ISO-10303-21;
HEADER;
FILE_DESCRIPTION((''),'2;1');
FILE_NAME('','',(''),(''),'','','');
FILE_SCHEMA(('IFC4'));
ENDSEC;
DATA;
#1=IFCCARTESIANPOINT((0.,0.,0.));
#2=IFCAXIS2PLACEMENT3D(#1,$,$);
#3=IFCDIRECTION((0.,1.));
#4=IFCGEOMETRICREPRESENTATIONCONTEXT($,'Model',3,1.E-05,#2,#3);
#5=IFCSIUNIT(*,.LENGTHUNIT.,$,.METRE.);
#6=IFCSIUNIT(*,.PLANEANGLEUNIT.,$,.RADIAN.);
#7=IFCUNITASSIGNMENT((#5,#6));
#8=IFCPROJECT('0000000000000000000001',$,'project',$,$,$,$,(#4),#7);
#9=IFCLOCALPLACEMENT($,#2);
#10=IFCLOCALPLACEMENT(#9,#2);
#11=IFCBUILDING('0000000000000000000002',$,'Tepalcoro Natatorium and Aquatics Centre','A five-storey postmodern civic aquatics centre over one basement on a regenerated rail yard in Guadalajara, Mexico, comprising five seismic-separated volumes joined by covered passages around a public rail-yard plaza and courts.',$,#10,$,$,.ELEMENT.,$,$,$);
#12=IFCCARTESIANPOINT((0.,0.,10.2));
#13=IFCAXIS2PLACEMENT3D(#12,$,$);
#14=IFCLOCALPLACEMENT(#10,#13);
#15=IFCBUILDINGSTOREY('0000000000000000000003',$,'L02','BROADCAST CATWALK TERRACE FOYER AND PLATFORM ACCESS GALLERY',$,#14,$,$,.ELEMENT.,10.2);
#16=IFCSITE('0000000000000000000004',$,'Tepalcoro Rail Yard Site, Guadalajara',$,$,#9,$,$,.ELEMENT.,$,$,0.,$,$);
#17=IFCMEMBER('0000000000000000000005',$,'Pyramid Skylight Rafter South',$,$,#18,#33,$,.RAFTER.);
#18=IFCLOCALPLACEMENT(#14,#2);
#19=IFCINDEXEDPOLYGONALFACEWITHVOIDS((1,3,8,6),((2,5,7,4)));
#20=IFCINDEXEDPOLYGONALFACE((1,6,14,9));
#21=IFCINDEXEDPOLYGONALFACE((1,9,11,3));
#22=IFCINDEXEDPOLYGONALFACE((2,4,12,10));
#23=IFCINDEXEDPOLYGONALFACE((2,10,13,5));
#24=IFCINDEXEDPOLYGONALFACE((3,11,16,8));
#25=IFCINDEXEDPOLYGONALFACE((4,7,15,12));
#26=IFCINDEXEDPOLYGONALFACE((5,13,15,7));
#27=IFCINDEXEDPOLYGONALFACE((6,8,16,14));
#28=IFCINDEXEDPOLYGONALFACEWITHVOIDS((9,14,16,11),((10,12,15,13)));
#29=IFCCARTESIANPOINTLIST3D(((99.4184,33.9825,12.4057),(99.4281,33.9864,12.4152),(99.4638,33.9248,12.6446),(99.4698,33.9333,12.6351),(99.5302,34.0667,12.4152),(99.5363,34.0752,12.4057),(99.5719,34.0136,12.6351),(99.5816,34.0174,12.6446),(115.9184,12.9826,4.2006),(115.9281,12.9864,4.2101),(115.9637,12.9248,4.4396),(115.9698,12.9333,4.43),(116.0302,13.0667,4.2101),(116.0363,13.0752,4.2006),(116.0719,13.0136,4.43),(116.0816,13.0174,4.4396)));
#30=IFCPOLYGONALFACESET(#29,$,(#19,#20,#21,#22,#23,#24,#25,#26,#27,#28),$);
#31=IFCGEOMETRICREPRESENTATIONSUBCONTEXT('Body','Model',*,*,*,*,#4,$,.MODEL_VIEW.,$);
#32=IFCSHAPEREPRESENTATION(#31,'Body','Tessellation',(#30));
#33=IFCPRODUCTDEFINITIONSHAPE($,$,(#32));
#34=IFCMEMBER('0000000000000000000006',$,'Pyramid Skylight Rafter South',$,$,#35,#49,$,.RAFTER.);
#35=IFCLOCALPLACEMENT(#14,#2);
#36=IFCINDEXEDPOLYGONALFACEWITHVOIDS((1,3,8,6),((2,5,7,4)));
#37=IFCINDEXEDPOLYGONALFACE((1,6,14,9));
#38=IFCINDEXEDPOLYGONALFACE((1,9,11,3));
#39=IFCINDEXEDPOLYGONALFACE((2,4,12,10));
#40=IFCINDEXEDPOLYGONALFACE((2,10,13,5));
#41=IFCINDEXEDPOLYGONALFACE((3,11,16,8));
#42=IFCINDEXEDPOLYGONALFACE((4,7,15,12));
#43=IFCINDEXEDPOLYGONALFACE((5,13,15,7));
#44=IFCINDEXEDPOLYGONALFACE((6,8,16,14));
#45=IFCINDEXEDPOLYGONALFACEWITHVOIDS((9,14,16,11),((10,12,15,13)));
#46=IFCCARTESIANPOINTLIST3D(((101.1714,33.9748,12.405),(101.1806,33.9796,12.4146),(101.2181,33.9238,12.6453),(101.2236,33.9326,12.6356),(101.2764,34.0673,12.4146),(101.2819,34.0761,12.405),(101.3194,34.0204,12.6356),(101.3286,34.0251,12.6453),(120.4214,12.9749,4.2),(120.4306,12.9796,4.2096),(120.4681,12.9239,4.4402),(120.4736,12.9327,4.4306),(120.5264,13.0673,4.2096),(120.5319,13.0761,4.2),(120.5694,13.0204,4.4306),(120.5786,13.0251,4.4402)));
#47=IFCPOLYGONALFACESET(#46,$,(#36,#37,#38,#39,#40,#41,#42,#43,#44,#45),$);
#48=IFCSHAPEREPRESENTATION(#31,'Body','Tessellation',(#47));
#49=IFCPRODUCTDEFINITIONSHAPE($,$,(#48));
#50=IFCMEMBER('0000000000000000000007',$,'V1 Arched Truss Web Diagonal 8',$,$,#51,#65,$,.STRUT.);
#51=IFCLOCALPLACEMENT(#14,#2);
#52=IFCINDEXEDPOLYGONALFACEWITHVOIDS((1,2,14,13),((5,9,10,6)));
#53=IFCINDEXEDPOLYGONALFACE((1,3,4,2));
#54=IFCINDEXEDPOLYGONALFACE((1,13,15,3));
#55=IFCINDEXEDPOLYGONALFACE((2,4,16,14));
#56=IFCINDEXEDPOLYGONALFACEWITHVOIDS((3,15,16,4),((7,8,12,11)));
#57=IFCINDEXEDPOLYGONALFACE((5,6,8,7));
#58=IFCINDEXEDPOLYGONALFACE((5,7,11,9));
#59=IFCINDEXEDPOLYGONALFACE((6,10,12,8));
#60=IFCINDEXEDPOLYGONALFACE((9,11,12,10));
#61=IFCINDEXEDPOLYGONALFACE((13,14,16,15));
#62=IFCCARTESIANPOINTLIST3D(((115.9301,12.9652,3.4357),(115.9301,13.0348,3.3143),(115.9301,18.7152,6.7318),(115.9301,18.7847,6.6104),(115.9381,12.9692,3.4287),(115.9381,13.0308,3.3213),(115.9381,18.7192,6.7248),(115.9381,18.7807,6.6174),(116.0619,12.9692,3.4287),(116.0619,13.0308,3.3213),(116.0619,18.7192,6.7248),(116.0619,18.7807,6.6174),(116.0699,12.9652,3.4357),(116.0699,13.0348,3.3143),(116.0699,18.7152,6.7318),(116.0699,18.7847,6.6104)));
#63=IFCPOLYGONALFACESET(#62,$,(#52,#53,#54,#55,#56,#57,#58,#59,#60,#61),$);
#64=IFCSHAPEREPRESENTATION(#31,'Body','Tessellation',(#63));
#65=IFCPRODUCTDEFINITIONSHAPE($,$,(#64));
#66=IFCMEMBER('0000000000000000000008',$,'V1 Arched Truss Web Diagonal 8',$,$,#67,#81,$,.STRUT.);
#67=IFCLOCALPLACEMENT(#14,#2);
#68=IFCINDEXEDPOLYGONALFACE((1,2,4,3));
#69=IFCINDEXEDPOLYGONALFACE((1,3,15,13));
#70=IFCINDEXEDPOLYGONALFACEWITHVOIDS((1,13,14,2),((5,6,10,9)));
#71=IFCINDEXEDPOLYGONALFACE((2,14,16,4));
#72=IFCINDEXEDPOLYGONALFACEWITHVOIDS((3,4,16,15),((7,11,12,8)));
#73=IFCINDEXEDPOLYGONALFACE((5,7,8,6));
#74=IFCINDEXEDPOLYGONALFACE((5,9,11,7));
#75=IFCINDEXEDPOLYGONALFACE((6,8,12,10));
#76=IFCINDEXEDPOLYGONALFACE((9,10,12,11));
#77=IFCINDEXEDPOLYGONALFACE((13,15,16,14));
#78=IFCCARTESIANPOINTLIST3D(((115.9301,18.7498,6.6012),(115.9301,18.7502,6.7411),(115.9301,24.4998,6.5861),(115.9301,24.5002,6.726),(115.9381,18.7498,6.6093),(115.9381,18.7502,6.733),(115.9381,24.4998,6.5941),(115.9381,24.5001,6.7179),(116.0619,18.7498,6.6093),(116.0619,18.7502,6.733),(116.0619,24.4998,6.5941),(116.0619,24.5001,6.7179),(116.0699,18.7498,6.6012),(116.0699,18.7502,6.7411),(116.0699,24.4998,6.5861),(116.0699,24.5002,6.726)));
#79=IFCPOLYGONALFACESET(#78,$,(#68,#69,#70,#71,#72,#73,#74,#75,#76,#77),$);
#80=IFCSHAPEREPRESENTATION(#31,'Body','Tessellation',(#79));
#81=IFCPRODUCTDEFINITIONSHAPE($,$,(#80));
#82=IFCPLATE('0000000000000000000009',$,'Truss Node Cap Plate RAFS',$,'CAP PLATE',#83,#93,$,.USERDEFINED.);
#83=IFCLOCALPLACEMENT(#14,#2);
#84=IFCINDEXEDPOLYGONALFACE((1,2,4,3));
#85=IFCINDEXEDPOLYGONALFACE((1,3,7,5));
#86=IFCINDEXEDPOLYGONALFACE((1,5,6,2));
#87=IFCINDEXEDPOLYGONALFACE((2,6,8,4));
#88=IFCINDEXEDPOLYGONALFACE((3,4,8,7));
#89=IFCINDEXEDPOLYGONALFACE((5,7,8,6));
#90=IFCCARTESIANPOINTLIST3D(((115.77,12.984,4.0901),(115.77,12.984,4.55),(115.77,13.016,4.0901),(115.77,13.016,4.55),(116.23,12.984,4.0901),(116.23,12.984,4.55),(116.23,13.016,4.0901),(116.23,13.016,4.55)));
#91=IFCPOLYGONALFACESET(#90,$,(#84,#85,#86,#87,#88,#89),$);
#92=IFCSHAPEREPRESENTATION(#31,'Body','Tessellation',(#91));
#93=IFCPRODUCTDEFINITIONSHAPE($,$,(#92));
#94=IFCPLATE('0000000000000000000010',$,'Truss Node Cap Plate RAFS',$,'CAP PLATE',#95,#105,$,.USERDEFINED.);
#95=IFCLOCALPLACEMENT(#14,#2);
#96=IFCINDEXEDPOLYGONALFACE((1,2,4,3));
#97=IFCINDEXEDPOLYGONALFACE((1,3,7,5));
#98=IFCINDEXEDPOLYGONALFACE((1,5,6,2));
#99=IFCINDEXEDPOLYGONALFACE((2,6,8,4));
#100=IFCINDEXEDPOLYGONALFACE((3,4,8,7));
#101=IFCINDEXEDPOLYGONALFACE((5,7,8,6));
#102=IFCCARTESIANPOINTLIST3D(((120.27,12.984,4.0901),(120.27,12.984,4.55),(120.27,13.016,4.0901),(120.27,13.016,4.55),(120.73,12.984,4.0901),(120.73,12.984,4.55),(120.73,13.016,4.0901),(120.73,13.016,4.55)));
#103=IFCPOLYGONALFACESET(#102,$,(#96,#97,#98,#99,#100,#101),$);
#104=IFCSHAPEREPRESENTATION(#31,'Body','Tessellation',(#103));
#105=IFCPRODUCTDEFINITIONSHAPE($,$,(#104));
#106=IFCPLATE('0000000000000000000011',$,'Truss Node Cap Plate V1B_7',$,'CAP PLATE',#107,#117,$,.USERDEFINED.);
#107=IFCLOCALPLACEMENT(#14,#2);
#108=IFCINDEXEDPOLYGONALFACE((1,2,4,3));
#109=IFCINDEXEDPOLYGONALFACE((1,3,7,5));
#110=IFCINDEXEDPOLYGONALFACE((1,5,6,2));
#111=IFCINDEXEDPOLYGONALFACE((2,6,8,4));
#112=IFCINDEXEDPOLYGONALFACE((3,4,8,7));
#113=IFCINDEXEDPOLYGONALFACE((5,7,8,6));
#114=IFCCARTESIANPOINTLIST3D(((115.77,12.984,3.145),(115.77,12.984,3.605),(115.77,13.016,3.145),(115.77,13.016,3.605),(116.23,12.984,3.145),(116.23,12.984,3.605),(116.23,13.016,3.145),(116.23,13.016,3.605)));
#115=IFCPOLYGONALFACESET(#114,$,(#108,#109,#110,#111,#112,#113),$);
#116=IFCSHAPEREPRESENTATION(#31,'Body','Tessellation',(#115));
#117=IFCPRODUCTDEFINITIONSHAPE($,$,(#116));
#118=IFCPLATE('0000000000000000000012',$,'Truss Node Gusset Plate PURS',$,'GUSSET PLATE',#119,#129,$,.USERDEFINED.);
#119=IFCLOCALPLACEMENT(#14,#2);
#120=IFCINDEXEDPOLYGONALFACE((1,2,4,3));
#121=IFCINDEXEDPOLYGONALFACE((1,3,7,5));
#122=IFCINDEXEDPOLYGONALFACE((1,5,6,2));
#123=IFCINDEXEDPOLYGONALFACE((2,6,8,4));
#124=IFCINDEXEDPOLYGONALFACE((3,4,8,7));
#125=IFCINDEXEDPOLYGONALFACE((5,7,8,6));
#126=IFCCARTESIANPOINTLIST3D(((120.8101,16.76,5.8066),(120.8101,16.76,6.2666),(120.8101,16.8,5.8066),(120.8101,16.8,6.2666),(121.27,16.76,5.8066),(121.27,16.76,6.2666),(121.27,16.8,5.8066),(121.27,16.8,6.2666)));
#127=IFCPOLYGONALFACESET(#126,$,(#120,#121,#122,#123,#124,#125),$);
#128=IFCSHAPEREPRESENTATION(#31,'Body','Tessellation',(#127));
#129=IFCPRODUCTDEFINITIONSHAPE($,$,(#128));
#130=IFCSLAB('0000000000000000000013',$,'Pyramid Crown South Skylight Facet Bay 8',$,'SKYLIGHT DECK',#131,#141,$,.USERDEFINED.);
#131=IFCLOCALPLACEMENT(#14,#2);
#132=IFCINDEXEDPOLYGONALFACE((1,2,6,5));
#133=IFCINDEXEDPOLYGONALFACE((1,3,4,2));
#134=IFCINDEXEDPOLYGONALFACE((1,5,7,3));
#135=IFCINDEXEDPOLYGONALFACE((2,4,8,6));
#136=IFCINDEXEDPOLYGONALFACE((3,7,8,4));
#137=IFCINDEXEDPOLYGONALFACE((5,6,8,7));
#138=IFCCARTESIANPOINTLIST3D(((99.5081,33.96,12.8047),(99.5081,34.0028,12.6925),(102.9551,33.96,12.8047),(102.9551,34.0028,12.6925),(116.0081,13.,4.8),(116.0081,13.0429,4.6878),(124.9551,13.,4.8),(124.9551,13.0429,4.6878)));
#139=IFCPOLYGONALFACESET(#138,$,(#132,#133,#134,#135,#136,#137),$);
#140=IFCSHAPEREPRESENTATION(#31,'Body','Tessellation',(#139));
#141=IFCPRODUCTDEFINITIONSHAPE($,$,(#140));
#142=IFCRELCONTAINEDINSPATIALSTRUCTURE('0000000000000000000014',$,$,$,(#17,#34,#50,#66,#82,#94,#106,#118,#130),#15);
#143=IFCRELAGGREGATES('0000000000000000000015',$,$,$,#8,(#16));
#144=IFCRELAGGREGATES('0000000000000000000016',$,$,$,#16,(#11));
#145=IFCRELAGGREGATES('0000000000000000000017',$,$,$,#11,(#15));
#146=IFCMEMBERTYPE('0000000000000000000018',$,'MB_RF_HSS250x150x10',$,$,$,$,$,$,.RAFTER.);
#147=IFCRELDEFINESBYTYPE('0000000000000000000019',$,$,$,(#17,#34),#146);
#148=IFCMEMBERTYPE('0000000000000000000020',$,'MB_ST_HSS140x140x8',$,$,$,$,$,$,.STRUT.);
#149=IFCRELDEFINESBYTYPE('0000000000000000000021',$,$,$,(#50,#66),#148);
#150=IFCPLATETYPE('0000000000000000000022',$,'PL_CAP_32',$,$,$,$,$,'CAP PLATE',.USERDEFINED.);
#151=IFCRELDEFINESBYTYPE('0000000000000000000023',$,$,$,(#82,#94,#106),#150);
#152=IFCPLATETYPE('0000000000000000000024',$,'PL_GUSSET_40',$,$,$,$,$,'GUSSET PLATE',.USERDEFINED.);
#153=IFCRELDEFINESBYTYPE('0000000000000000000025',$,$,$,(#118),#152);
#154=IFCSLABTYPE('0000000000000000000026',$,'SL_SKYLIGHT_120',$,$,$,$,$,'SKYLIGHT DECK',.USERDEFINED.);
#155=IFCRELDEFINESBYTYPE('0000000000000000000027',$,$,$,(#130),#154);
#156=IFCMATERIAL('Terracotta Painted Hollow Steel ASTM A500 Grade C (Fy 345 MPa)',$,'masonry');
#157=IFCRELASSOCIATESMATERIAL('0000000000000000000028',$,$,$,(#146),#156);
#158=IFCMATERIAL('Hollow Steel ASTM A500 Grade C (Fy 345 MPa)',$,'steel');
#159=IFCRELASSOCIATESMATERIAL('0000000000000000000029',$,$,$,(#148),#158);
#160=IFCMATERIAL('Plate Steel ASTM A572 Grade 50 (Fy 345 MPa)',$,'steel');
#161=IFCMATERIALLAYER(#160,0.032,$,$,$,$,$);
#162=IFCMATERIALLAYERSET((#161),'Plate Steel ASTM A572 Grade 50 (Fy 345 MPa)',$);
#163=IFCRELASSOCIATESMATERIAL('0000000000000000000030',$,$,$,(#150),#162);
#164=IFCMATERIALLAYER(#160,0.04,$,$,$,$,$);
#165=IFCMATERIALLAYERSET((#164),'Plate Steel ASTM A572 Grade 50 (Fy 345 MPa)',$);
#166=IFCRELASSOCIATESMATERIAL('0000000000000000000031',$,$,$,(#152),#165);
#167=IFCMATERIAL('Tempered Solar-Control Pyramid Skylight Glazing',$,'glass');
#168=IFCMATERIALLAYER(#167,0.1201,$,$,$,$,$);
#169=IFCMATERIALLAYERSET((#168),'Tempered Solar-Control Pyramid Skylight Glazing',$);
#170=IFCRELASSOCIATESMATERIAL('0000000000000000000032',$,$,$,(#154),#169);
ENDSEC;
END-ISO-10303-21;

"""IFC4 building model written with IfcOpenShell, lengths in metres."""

from ifc_helpers import new_model, si_unit, direction, frame, origin, origin_2d, place, context, subcontext, project, spatial, polyline, rectangle, hollow_rectangle, outline, extrude, material, layer, layer_set, material_profile, profile_set, type_object, element, save


model = new_model("IFC4")

# Units and contexts
model_context = context("Model", 3, precision=1e-05, world=origin(), true_north=direction((0.0, 1.0)))
body_context = subcontext(model_context, "Body", "Model", "MODEL_VIEW")
ifc_project = project(units=[si_unit("LENGTHUNIT", "METRE"), si_unit("PLANEANGLEUNIT", "RADIAN")], contexts=[model_context])

# Site, building, storey
site_placement = place(None, origin())
site = spatial("IfcSite", under=ifc_project, at=site_placement, Name="Tepalcoro Rail Yard Site, Guadalajara", CompositionType="ELEMENT", RefElevation=0.0)
building_placement = place(site_placement, origin())
building = spatial("IfcBuilding", under=site, at=building_placement, Name="Tepalcoro Natatorium and Aquatics Centre", Description="A five-storey postmodern civic aquatics centre over one basement on a regenerated rail yard in Guadalajara, Mexico, comprising five seismic-separated volumes joined by covered passages around a public rail-yard plaza and courts.", CompositionType="ELEMENT")
storey_placement = place(building_placement, frame((0.0, 0.0, 10.2)))
storey = spatial("IfcBuildingStorey", under=building, at=storey_placement, Name="L02", Description="BROADCAST CATWALK TERRACE FOYER AND PLATFORM ACCESS GALLERY", CompositionType="ELEMENT", Elevation=10.2)

# Shared definitions
ifc_material_1 = material(Name="Terracotta Painted Hollow Steel ASTM A500 Grade C (Fy 345 MPa)", Category="masonry")

# Members
ifc_material_2 = material(Name="Hollow Steel ASTM A500 Grade C (Fy 345 MPa)", Category="steel")
ifc_material_profile_1 = material_profile(ifc_material_1, hollow_rectangle(XDim=0.1499, YDim=0.25, WallThickness=0.01, at=origin_2d()), Name="HSS250X150X10")
ifc_profile_set_1 = profile_set([ifc_material_profile_1], Name="Terracotta Painted Hollow Steel ASTM A500 Grade C (Fy 345 MPa)")
member_type_1 = type_object("IfcMemberType", Name="MB_RF_HSS250x150x10", PredefinedType="RAFTER", material=ifc_profile_set_1)
member_1_placement = place(storey_placement, frame((116.0, 13.0, 4.3201), z_axis=(-0.590578, 0.751644, 0.293681), x_axis=(-0.786318, -0.617822, 0.0)))
element("IfcMember", 1, at=member_1_placement, inside=storey, type_object=member_type_1, Name="Pyramid Skylight Rafter South", PredefinedType="RAFTER", context=body_context, shape_type="SweptSolid", body=[
    extrude(hollow_rectangle(XDim=0.1499, YDim=0.25, WallThickness=0.01, at=origin_2d()), origin(), (0.0, 0.0, 1.0), 27.9387),
])
member_2_placement = place(storey_placement, frame((120.5, 13.0, 4.3201), z_axis=(-0.649329, 0.708358, 0.276768), x_axis=(-0.737154, -0.675725, 0.0)))
element("IfcMember", 2, at=member_2_placement, inside=storey, type_object=member_type_1, Name="Pyramid Skylight Rafter South", PredefinedType="RAFTER", context=body_context, shape_type="SweptSolid", body=[
    extrude(hollow_rectangle(XDim=0.1499, YDim=0.25, WallThickness=0.01, at=origin_2d()), origin(), (0.0, 0.0, 1.0), 29.646),
])
ifc_material_profile_2 = material_profile(ifc_material_2, hollow_rectangle(XDim=0.1399, YDim=0.1399, WallThickness=0.0081, at=origin_2d()), Name="HSS140X140X8")
ifc_profile_set_2 = profile_set([ifc_material_profile_2], Name="Hollow Steel ASTM A500 Grade C (Fy 345 MPa)")
member_type_2 = type_object("IfcMemberType", Name="MB_ST_HSS140x140x8", PredefinedType="STRUT", material=ifc_profile_set_2)
member_3_placement = place(storey_placement, frame((116.0, 13.0, 3.375), z_axis=(0.0, 0.867565, 0.497325), x_axis=(-1.0, 0.0, 0.0)))
element("IfcMember", 3, at=member_3_placement, inside=storey, type_object=member_type_2, Name="V1 Arched Truss Web Diagonal 8", PredefinedType="STRUT", context=body_context, shape_type="SweptSolid", body=[
    extrude(hollow_rectangle(XDim=0.1399, YDim=0.1399, WallThickness=0.0081, at=origin_2d()), origin(), (0.0, 0.0, 1.0), 6.6277),
])
member_4_placement = place(storey_placement, frame((116.0, 18.75, 6.6711), z_axis=(0.0, 0.999997, -0.002632), x_axis=(-1.0, 0.0, 0.0)))
element("IfcMember", 4, at=member_4_placement, inside=storey, type_object=member_type_2, Name="V1 Arched Truss Web Diagonal 8", PredefinedType="STRUT", context=body_context, shape_type="SweptSolid", body=[
    extrude(hollow_rectangle(XDim=0.1399, YDim=0.1399, WallThickness=0.0081, at=origin_2d()), origin(), (0.0, 0.0, 1.0), 5.75),
])

# Plates
ifc_material_3 = material(Name="Plate Steel ASTM A572 Grade 50 (Fy 345 MPa)", Category="steel")
ifc_layer_1 = layer(ifc_material_3, 0.032)
ifc_layer_set_1 = layer_set([ifc_layer_1], Name="Plate Steel ASTM A572 Grade 50 (Fy 345 MPa)")
plate_type_1 = type_object("IfcPlateType", Name="PL_CAP_32", ElementType="CAP PLATE", PredefinedType="USERDEFINED", material=ifc_layer_set_1)
for number, where, z_axis, x_axis, name in (
    (5, (116.0, 13.0, 4.0901), (0.0, 0.0, 1.0), (1.0, 0.0, 0.0), "Truss Node Cap Plate RAFS"),
    (6, (120.5, 13.0, 4.0901), (0.0, 0.0, 1.0), (1.0, 0.0, 0.0), "Truss Node Cap Plate RAFS"),
    (7, (116.0, 13.0, 3.145), (0.0, 0.0, 1.0), (1.0, 0.0, 0.0), "Truss Node Cap Plate V1B_7"),
):
    element("IfcPlate", number, at=place(storey_placement, frame(where, z_axis=z_axis, x_axis=x_axis)), inside=storey, type_object=plate_type_1, Name=name, ObjectType="CAP PLATE", PredefinedType="USERDEFINED", context=body_context, shape_type="SweptSolid", body=[
        extrude(rectangle(XDim=0.46, YDim=0.032, at=origin_2d()), origin(), (0.0, 0.0, 1.0), 0.46),
    ])
ifc_layer_2 = layer(ifc_material_3, 0.04)
ifc_layer_set_2 = layer_set([ifc_layer_2], Name="Plate Steel ASTM A572 Grade 50 (Fy 345 MPa)")
plate_type_2 = type_object("IfcPlateType", Name="PL_GUSSET_40", ElementType="GUSSET PLATE", PredefinedType="USERDEFINED", material=ifc_layer_set_2)
plate_placement = place(storey_placement, frame((121.04, 16.78, 5.8066), z_axis=(0.0, 0.0, 1.0), x_axis=(1.0, 0.0, 0.0)))
element("IfcPlate", 8, at=plate_placement, inside=storey, type_object=plate_type_2, Name="Truss Node Gusset Plate PURS", ObjectType="GUSSET PLATE", PredefinedType="USERDEFINED", context=body_context, shape_type="SweptSolid", body=[
    extrude(rectangle(XDim=0.46, YDim=0.04, at=origin_2d()), origin(), (0.0, 0.0, 1.0), 0.46),
])

# Slab
ifc_material_4 = material(Name="Tempered Solar-Control Pyramid Skylight Glazing", Category="glass")
ifc_layer_3 = layer(ifc_material_4, 0.1201)
ifc_layer_set_3 = layer_set([ifc_layer_3], Name="Tempered Solar-Control Pyramid Skylight Glazing")
slab_type = type_object("IfcSlabType", Name="SL_SKYLIGHT_120", ElementType="SKYLIGHT DECK", PredefinedType="USERDEFINED", material=ifc_layer_set_3)
slab_placement = place(storey_placement, frame((116.0081, 13.0, 4.8), z_axis=(0.0, -0.356769, 0.934192), x_axis=(1.0, 0.0, 0.0)))
element("IfcSlab", 9, at=slab_placement, inside=storey, type_object=slab_type, Name="Pyramid Crown South Skylight Facet Bay 8", ObjectType="SKYLIGHT DECK", PredefinedType="USERDEFINED", context=body_context, shape_type="SweptSolid", body=[
    extrude(outline(polyline([(0.0, 0.0), (8.947, 0.0), (-13.053, 22.4364), (-16.5, 22.4364), (0.0, 0.0)])), origin(), (0.0, 0.0, -1.0), 0.1201),
])

save(model, "model.ifc")
